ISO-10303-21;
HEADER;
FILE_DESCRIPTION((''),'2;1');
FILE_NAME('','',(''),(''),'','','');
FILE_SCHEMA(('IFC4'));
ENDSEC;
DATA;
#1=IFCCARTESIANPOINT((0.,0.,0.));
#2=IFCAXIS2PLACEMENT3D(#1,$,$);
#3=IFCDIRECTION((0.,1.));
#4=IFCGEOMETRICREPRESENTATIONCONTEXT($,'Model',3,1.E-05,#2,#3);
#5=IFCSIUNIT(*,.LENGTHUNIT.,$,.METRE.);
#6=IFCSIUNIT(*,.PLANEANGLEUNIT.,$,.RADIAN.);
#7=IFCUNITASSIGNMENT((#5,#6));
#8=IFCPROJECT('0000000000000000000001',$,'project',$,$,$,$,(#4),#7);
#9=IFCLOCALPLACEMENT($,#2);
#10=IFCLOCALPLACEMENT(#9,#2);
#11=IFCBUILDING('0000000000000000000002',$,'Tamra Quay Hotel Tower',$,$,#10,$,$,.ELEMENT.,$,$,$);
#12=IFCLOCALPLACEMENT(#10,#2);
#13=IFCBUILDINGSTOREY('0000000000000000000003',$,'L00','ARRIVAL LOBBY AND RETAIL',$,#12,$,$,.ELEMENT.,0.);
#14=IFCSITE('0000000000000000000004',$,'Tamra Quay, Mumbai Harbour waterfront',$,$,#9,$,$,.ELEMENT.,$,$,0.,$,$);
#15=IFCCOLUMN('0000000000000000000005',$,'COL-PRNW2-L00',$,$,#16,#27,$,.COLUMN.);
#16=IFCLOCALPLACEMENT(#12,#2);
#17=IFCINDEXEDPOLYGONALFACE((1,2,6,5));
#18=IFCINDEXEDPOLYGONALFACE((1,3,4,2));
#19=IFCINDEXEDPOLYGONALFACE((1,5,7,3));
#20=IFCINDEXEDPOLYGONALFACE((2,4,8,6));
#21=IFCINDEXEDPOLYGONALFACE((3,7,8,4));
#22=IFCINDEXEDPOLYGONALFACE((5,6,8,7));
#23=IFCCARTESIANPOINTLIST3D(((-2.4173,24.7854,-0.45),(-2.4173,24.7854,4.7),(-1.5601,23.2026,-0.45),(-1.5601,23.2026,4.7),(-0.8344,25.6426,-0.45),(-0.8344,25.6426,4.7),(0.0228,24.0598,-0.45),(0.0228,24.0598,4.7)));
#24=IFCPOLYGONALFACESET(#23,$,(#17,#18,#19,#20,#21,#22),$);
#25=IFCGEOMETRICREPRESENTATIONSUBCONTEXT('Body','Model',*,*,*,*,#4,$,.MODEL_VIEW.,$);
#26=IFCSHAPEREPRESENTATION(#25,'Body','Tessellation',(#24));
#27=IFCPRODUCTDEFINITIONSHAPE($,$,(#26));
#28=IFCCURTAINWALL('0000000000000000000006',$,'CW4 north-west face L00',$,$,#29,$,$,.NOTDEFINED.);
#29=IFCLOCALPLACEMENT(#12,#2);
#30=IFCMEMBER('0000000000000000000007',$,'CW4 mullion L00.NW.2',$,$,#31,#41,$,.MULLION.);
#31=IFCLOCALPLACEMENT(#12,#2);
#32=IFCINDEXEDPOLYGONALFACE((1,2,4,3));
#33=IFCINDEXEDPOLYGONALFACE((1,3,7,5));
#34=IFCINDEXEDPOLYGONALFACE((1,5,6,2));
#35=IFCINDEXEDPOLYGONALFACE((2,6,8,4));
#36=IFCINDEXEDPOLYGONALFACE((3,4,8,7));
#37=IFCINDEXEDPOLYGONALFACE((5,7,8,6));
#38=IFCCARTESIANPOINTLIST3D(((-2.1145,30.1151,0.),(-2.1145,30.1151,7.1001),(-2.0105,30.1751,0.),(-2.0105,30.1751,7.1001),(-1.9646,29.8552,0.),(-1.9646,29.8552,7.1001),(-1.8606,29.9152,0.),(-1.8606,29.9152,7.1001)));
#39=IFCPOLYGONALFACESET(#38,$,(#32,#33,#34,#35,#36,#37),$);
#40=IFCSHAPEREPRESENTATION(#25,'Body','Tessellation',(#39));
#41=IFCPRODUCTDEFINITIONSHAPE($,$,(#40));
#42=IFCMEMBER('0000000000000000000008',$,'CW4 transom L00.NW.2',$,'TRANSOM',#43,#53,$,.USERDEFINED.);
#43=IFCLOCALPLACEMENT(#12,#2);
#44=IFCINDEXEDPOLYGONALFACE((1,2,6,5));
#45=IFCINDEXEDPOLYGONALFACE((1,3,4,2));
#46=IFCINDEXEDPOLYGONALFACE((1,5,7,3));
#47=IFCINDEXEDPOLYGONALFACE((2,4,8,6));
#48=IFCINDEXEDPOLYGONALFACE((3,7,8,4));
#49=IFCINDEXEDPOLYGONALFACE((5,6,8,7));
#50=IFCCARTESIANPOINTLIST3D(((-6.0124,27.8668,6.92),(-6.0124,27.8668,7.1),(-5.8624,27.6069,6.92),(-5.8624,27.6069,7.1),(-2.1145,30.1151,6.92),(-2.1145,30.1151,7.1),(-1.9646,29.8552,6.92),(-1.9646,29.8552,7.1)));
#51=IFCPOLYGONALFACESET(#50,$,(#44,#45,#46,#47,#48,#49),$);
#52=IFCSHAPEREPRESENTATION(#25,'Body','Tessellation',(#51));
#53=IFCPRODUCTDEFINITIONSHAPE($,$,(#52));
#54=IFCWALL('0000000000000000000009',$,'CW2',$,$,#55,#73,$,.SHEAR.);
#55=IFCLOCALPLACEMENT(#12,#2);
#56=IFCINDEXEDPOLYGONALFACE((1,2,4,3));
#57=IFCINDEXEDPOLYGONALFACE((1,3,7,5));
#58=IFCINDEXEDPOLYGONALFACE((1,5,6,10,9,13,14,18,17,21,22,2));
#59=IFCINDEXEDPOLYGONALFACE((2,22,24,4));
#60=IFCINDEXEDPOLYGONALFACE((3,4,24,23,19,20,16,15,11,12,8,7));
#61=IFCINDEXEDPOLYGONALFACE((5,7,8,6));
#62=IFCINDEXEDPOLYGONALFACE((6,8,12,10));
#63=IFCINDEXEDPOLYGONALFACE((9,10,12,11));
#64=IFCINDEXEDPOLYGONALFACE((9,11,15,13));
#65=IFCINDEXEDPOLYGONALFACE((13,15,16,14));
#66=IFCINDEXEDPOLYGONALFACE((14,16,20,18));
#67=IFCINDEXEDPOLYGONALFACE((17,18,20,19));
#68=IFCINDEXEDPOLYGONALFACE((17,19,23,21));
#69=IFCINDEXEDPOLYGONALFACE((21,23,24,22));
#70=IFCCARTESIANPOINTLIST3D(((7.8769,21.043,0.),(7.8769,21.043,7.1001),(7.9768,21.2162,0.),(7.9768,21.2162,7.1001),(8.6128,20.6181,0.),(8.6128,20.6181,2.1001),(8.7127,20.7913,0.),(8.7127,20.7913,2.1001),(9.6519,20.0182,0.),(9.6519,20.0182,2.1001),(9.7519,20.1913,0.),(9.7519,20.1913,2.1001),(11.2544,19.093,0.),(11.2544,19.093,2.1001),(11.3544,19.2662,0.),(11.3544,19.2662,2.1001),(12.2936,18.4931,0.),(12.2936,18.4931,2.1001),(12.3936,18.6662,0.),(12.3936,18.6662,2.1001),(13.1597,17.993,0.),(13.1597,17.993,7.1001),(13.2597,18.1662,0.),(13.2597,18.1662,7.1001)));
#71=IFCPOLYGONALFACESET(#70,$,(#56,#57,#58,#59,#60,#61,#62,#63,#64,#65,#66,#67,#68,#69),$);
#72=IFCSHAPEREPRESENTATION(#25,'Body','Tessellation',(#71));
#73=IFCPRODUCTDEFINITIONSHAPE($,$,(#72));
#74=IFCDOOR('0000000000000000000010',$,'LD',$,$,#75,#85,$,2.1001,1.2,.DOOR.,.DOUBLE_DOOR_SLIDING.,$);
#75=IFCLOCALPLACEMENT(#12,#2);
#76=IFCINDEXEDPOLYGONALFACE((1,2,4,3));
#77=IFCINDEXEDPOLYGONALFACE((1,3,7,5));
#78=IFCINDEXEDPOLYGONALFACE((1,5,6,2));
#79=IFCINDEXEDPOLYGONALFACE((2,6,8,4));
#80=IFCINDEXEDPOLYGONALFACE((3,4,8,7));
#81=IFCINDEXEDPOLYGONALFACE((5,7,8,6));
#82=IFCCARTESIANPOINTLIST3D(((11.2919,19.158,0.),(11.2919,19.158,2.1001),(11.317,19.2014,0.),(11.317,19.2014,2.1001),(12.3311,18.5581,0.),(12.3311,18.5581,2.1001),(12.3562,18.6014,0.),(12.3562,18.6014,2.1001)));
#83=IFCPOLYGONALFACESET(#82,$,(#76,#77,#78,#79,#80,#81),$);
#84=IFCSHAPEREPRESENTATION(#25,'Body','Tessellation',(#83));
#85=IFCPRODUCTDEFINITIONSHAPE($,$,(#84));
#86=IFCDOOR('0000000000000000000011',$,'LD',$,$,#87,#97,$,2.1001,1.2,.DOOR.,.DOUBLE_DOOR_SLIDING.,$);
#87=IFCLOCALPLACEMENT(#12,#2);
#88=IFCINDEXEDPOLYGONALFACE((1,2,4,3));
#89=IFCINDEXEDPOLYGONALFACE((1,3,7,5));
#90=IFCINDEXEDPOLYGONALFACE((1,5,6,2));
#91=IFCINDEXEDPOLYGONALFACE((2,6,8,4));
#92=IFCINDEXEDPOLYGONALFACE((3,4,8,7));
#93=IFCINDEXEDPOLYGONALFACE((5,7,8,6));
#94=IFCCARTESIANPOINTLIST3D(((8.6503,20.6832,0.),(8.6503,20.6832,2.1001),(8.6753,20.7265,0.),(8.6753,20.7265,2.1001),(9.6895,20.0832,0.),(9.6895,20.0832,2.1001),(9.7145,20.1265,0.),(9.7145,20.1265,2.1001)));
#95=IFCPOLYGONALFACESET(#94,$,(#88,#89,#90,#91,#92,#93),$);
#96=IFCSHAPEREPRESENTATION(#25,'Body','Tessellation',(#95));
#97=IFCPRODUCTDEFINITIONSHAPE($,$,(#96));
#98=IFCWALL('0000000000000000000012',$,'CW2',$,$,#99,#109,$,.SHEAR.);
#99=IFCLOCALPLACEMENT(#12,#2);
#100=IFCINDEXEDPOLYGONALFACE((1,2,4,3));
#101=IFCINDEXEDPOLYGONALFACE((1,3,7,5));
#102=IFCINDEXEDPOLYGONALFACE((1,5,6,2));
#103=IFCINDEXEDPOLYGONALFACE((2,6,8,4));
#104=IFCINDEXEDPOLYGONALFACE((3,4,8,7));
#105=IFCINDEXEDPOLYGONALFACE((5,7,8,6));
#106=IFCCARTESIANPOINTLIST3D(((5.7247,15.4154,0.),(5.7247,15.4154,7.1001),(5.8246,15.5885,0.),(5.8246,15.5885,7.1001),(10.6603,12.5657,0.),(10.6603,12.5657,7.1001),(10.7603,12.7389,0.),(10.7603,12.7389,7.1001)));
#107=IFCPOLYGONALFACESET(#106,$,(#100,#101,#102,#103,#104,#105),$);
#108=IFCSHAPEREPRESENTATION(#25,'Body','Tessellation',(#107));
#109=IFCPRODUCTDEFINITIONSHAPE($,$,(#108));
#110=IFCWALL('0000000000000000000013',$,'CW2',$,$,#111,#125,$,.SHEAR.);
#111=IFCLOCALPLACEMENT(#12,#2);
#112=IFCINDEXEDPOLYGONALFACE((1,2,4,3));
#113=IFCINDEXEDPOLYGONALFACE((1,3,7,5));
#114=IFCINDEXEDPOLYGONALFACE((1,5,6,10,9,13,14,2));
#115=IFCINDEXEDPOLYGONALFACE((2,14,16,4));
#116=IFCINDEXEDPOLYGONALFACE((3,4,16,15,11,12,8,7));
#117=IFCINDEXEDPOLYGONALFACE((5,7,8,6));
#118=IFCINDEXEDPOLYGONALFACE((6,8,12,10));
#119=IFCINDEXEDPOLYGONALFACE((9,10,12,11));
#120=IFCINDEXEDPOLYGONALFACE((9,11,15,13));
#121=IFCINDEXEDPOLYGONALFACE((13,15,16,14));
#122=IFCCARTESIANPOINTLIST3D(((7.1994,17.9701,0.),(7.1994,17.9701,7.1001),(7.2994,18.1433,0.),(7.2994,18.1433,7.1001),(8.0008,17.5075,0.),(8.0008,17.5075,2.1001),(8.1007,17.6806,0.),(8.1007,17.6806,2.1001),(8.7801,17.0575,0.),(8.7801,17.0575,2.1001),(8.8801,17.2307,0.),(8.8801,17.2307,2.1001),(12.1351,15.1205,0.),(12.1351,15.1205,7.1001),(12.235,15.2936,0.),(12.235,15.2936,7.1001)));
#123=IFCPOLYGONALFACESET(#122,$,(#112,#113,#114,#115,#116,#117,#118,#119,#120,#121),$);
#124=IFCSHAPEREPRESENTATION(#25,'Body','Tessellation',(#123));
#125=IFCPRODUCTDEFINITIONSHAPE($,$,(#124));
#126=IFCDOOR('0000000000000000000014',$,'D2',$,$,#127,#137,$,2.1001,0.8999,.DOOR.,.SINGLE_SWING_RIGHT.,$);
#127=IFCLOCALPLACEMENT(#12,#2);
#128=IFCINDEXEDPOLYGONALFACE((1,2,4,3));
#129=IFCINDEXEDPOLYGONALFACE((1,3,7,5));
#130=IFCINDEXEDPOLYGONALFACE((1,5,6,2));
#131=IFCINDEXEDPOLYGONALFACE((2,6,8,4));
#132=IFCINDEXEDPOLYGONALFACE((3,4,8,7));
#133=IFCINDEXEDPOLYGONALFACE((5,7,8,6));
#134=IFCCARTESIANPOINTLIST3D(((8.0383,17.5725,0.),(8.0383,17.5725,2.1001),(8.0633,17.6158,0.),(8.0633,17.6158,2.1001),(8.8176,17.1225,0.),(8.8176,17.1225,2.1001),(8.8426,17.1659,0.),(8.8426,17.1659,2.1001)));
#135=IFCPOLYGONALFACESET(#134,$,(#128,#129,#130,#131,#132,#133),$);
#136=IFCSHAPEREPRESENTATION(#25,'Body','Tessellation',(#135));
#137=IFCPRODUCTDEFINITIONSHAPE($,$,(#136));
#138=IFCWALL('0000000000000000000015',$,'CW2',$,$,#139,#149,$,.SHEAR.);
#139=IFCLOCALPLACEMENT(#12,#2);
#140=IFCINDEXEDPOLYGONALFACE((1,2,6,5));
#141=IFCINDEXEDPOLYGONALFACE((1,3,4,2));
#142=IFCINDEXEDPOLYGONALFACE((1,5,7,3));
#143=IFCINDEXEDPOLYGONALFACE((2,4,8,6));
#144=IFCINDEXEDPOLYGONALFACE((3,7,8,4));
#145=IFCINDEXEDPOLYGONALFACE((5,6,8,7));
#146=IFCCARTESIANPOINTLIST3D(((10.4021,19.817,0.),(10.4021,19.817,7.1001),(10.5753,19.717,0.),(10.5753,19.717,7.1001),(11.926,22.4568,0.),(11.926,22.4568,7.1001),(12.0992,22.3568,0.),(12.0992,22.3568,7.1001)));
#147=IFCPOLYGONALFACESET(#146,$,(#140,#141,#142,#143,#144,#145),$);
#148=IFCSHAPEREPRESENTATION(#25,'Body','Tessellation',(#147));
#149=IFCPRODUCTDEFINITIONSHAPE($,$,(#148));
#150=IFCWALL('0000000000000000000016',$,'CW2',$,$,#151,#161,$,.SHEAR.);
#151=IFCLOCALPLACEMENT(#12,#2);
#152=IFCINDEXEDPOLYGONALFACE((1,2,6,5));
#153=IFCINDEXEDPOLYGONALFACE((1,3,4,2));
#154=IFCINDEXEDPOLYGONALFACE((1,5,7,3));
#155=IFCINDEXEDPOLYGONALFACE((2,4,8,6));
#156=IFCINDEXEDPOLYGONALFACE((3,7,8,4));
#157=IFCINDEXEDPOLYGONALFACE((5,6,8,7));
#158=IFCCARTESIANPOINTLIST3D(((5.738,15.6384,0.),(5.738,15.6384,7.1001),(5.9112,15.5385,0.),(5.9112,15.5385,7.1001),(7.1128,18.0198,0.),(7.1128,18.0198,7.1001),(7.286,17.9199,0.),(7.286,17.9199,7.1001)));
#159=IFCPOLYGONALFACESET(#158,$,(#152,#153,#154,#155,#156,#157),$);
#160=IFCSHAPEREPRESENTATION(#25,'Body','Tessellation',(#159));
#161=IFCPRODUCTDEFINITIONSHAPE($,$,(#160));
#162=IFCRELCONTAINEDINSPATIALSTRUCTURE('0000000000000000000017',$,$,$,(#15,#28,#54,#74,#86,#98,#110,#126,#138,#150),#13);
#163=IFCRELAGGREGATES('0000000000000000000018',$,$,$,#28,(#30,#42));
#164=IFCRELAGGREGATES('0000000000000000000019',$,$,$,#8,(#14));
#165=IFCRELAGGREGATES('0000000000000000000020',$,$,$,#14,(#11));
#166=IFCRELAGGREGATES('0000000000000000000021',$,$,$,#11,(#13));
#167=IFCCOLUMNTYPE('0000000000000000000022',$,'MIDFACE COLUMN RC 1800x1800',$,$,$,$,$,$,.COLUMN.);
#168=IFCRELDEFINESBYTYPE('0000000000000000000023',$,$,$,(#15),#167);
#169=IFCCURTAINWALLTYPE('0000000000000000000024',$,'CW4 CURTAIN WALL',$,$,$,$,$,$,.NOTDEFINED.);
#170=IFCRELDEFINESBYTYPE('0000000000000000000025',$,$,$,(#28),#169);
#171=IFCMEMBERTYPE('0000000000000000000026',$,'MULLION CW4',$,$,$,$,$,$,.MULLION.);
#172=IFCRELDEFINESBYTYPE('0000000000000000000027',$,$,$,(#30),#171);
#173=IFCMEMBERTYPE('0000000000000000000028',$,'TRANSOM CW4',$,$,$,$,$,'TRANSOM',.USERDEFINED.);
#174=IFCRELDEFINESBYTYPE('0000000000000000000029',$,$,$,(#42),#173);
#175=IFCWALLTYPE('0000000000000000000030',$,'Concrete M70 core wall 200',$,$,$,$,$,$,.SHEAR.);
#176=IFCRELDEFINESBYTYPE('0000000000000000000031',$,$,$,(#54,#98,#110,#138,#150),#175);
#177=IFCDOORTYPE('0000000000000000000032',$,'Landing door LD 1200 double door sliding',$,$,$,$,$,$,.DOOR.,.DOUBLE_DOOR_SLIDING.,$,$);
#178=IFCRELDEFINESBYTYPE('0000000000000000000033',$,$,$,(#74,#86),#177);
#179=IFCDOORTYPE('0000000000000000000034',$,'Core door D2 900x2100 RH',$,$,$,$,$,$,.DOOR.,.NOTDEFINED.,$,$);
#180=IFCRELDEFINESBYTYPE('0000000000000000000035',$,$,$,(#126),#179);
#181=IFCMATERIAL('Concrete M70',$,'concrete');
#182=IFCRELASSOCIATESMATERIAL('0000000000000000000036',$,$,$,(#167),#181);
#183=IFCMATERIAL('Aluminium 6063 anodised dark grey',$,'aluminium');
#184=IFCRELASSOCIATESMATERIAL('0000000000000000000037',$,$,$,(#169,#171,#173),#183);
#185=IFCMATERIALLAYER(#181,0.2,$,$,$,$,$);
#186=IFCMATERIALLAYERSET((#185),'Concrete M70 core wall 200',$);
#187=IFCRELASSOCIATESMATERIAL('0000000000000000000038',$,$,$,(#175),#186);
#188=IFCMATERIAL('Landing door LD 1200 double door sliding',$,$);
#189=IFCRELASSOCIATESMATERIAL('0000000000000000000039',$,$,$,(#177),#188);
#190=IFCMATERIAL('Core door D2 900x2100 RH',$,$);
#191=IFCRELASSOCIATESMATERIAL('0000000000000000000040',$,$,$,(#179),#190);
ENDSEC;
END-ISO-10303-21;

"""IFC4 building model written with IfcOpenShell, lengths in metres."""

from ifc_helpers import new_model, si_unit, direction, frame, frame_2d, origin, origin_2d, place, context, subcontext, project, spatial, rectangle, extrude, material, layer, layer_set, material_profile, profile_set, type_object, element, fill, aggregate, save


model = new_model("IFC4")

# Units and contexts
model_context = context("Model", 3, precision=1e-05, world=origin(), true_north=direction((0.0, 1.0)))
body_context = subcontext(model_context, "Body", "Model", "MODEL_VIEW")
ifc_project = project(units=[si_unit("LENGTHUNIT", "METRE"), si_unit("PLANEANGLEUNIT", "RADIAN")], contexts=[model_context])

# Site, building, storey
site_placement = place(None, origin())
site = spatial("IfcSite", under=ifc_project, at=site_placement, Name="Tamra Quay, Mumbai Harbour waterfront", CompositionType="ELEMENT", RefElevation=0.0)
building_placement = place(site_placement, origin())
building = spatial("IfcBuilding", under=site, at=building_placement, Name="Tamra Quay Hotel Tower", CompositionType="ELEMENT")
storey_placement = place(building_placement, origin())
storey = spatial("IfcBuildingStorey", under=building, at=storey_placement, Name="L00", Description="ARRIVAL LOBBY AND RETAIL", CompositionType="ELEMENT", Elevation=0.0)

# Column
ifc_material_1 = material(Name="Concrete M70", Category="concrete")
ifc_material_profile_1 = material_profile(ifc_material_1, rectangle(XDim=1.8, YDim=1.8, at=origin_2d()), Name="MIDFACE COLUMN RC 1800x1800")
ifc_profile_set_1 = profile_set([ifc_material_profile_1], Name="Concrete M70")
column_type = type_object("IfcColumnType", Name="MIDFACE COLUMN RC 1800x1800", PredefinedType="COLUMN", material=ifc_profile_set_1)
column_placement = place(storey_placement, frame((-1.1973, 24.4226, -0.45), z_axis=(0.0, 0.0, 1.0), x_axis=(-0.476198, 0.879338, 0.0)))
element("IfcColumn", 1, at=column_placement, inside=storey, type_object=column_type, Name="COL-PRNW2-L00", PredefinedType="COLUMN", context=body_context, shape_type="SweptSolid", body=[
    extrude(rectangle(XDim=1.8, YDim=1.8, at=origin_2d()), origin(), (0.0, 0.0, 1.0), 5.1499),
])

# Curtain wall, members
ifc_material_2 = material(Name="Aluminium 6063 anodised dark grey", Category="aluminium")
curtain_wall_type = type_object("IfcCurtainWallType", Name="CW4 CURTAIN WALL", PredefinedType="NOTDEFINED", material=ifc_material_2)
curtain_wall_placement = place(storey_placement, origin())
curtain_wall = element("IfcCurtainWall", 2, at=curtain_wall_placement, inside=storey, type_object=curtain_wall_type, Name="CW4 north-west face L00", PredefinedType="NOTDEFINED")
ifc_material_profile_2 = material_profile(ifc_material_2, rectangle(XDim=0.3, YDim=0.1201, at=origin_2d()), Name="MULLION 120X300")
ifc_profile_set_2 = profile_set([ifc_material_profile_2], Name="Aluminium 6063 anodised dark grey")
member_type_1 = type_object("IfcMemberType", Name="MULLION CW4", PredefinedType="MULLION", material=ifc_profile_set_2)
member_1_placement = place(storey_placement, frame((-1.9875, 30.0151, 0.0), z_axis=(0.0, 0.0, 1.0), x_axis=(-0.499672, 0.866215, 0.0)))
member_1 = element("IfcMember", 3, at=member_1_placement, type_object=member_type_1, Name="CW4 mullion L00.NW.2", PredefinedType="MULLION", context=body_context, shape_type="SweptSolid", body=[
    extrude(rectangle(XDim=0.3, YDim=0.1201, at=origin_2d()), origin(), (0.0, 0.0, 1.0), 7.1001),
])
ifc_material_profile_3 = material_profile(ifc_material_2, rectangle(XDim=0.3, YDim=0.1799, at=origin_2d()), Name="TRANSOM 300X180")
ifc_profile_set_3 = profile_set([ifc_material_profile_3], Name="Aluminium 6063 anodised dark grey")
member_type_2 = type_object("IfcMemberType", Name="TRANSOM CW4", ElementType="TRANSOM", PredefinedType="USERDEFINED", material=ifc_profile_set_3)
member_2_placement = place(storey_placement, frame((-2.0396, 29.9851, 7.01), z_axis=(-0.866236, -0.499635, 0.0), x_axis=(0.499635, -0.866236, 0.0)))
member_2 = element("IfcMember", 4, at=member_2_placement, type_object=member_type_2, Name="CW4 transom L00.NW.2", ObjectType="TRANSOM", PredefinedType="USERDEFINED", context=body_context, shape_type="SweptSolid", body=[
    extrude(rectangle(XDim=0.3, YDim=0.1799, at=origin_2d()), origin(), (0.0, 0.0, 1.0), 4.4998),
])
aggregate(curtain_wall, [member_1, member_2])

# Wall, openings, doors
ifc_layer_1 = layer(ifc_material_1, 0.2)
ifc_layer_set_1 = layer_set([ifc_layer_1], Name="Concrete M70 core wall 200")
wall_type_1 = type_object("IfcWallType", Name="Concrete M70 core wall 200", PredefinedType="SHEAR", material=ifc_layer_set_1)
wall_1_placement = place(storey_placement, frame((13.2097, 18.0796, 0.0), z_axis=(0.0, 0.0, 1.0), x_axis=(-0.86603, 0.499992, 0.0)))
wall_1 = element("IfcWall", 5, at=wall_1_placement, inside=storey, type_object=wall_type_1, Name="CW2", PredefinedType="SHEAR", context=body_context, shape_type="SweptSolid", body=[
    extrude(rectangle(XDim=6.1001, YDim=0.2, at=frame_2d((3.05, 0.0))), origin(), (0.0, 0.0, 1.0), 7.1001),
])
opening_1_placement = place(wall_1_placement, frame((1.0, 0.0, 0.0)))
opening_1 = element("IfcOpeningElement", 6, at=opening_1_placement, cuts=wall_1, PredefinedType="OPENING", context=body_context, shape_type="SweptSolid", body=[
    extrude(rectangle(XDim=1.2, YDim=2.1001, at=frame_2d((0.6001, 1.05))), frame((0.0, 0.1099, 0.0), z_axis=(0.0, -1.0, 0.0), x_axis=(1.0, 0.0, 0.0)), (0.0, 0.0, 1.0), 0.22),
])
opening_2_placement = place(wall_1_placement, frame((4.0503, 0.0, 0.0)))
opening_2 = element("IfcOpeningElement", 7, at=opening_2_placement, cuts=wall_1, PredefinedType="OPENING", context=body_context, shape_type="SweptSolid", body=[
    extrude(rectangle(XDim=1.2, YDim=2.1001, at=frame_2d((0.6001, 1.05))), frame((0.0, 0.1099, 0.0), z_axis=(0.0, -1.0, 0.0), x_axis=(1.0, 0.0, 0.0)), (0.0, 0.0, 1.0), 0.22),
])
ifc_material_3 = material(Name="Landing door LD 1200 double door sliding")
door_type_1 = type_object("IfcDoorType", Name="Landing door LD 1200 double door sliding", OperationType="DOUBLE_DOOR_SLIDING", PredefinedType="DOOR", material=ifc_material_3)
door_1_placement = place(opening_1_placement, origin())
door_1 = element("IfcDoor", 8, at=door_1_placement, inside=storey, type_object=door_type_1, Name="LD", OperationType="DOUBLE_DOOR_SLIDING", OverallHeight=2.1001, OverallWidth=1.2, PredefinedType="DOOR", context=body_context, shape_type="SweptSolid", body=[
    extrude(rectangle(XDim=1.2, YDim=2.1001, at=frame_2d((0.6001, 1.05))), frame((0.0, 0.0249, 0.0), z_axis=(0.0, -1.0, 0.0), x_axis=(1.0, 0.0, 0.0)), (0.0, 0.0, 1.0), 0.05),
])
fill(opening_1, door_1)
door_2_placement = place(opening_2_placement, origin())
door_2 = element("IfcDoor", 9, at=door_2_placement, inside=storey, type_object=door_type_1, Name="LD", OperationType="DOUBLE_DOOR_SLIDING", OverallHeight=2.1001, OverallWidth=1.2, PredefinedType="DOOR", context=body_context, shape_type="SweptSolid", body=[
    extrude(rectangle(XDim=1.2, YDim=2.1001, at=frame_2d((0.6001, 1.05))), frame((0.0, 0.0249, 0.0), z_axis=(0.0, -1.0, 0.0), x_axis=(1.0, 0.0, 0.0)), (0.0, 0.0, 1.0), 0.05),
])
fill(opening_2, door_2)

# Wall
wall_2_placement = place(storey_placement, frame((5.7747, 15.502, 0.0), z_axis=(0.0, 0.0, 1.0), x_axis=(0.86602, -0.500009, 0.0)))
element("IfcWall", 10, at=wall_2_placement, inside=storey, type_object=wall_type_1, Name="CW2", PredefinedType="SHEAR", context=body_context, shape_type="SweptSolid", body=[
    extrude(rectangle(XDim=5.6992, YDim=0.2, at=frame_2d((2.8496, 0.0))), origin(), (0.0, 0.0, 1.0), 7.1001),
])

# Wall, opening, door
wall_3_placement = place(storey_placement, frame((12.1851, 15.207, 0.0), z_axis=(0.0, 0.0, 1.0), x_axis=(-0.86602, 0.500009, 0.0)))
wall_3 = element("IfcWall", 11, at=wall_3_placement, inside=storey, type_object=wall_type_1, Name="CW2", PredefinedType="SHEAR", context=body_context, shape_type="SweptSolid", body=[
    extrude(rectangle(XDim=5.6992, YDim=0.2, at=frame_2d((2.8496, 0.0))), origin(), (0.0, 0.0, 1.0), 7.1001),
])
opening_3_placement = place(wall_3_placement, frame((3.874, 0.0, 0.0)))
opening_3 = element("IfcOpeningElement", 12, at=opening_3_placement, cuts=wall_3, PredefinedType="OPENING", context=body_context, shape_type="SweptSolid", body=[
    extrude(rectangle(XDim=0.8999, YDim=2.1001, at=frame_2d((0.45, 1.05))), frame((0.0, 0.1099, 0.0), z_axis=(0.0, -1.0, 0.0), x_axis=(1.0, 0.0, 0.0)), (0.0, 0.0, 1.0), 0.22),
])
ifc_material_4 = material(Name="Core door D2 900x2100 RH")
door_type_2 = type_object("IfcDoorType", Name="Core door D2 900x2100 RH", OperationType="NOTDEFINED", PredefinedType="DOOR", material=ifc_material_4)
door_3_placement = place(opening_3_placement, origin())
door_3 = element("IfcDoor", 13, at=door_3_placement, inside=storey, type_object=door_type_2, Name="D2", OperationType="SINGLE_SWING_RIGHT", OverallHeight=2.1001, OverallWidth=0.8999, PredefinedType="DOOR", context=body_context, shape_type="SweptSolid", body=[
    extrude(rectangle(XDim=0.8999, YDim=2.1001, at=frame_2d((0.45, 1.05))), frame((0.0, 0.0249, 0.0), z_axis=(0.0, -1.0, 0.0), x_axis=(1.0, 0.0, 0.0)), (0.0, 0.0, 1.0), 0.05),
])
fill(opening_3, door_3)

# Walls
wall_4_placement = place(storey_placement, frame((10.4888, 19.7671, 0.0), z_axis=(0.0, 0.0, 1.0), x_axis=(0.499947, 0.866056, 0.0)))
element("IfcWall", 14, at=wall_4_placement, inside=storey, type_object=wall_type_1, Name="CW2", PredefinedType="SHEAR", context=body_context, shape_type="SweptSolid", body=[
    extrude(rectangle(XDim=3.0481, YDim=0.2, at=frame_2d((1.5239, 0.0))), origin(), (0.0, 0.0, 1.0), 7.1001),
])
wall_5_placement = place(storey_placement, frame((7.1995, 17.97, 0.0), z_axis=(0.0, 0.0, 1.0), x_axis=(-0.499968, -0.866044, 0.0)))
element("IfcWall", 15, at=wall_5_placement, inside=storey, type_object=wall_type_1, Name="CW2", PredefinedType="SHEAR", context=body_context, shape_type="SweptSolid", body=[
    extrude(rectangle(XDim=2.7498, YDim=0.2, at=frame_2d((1.375, 0.0))), origin(), (0.0, 0.0, 1.0), 7.1001),
])

save(model, "model.ifc")
